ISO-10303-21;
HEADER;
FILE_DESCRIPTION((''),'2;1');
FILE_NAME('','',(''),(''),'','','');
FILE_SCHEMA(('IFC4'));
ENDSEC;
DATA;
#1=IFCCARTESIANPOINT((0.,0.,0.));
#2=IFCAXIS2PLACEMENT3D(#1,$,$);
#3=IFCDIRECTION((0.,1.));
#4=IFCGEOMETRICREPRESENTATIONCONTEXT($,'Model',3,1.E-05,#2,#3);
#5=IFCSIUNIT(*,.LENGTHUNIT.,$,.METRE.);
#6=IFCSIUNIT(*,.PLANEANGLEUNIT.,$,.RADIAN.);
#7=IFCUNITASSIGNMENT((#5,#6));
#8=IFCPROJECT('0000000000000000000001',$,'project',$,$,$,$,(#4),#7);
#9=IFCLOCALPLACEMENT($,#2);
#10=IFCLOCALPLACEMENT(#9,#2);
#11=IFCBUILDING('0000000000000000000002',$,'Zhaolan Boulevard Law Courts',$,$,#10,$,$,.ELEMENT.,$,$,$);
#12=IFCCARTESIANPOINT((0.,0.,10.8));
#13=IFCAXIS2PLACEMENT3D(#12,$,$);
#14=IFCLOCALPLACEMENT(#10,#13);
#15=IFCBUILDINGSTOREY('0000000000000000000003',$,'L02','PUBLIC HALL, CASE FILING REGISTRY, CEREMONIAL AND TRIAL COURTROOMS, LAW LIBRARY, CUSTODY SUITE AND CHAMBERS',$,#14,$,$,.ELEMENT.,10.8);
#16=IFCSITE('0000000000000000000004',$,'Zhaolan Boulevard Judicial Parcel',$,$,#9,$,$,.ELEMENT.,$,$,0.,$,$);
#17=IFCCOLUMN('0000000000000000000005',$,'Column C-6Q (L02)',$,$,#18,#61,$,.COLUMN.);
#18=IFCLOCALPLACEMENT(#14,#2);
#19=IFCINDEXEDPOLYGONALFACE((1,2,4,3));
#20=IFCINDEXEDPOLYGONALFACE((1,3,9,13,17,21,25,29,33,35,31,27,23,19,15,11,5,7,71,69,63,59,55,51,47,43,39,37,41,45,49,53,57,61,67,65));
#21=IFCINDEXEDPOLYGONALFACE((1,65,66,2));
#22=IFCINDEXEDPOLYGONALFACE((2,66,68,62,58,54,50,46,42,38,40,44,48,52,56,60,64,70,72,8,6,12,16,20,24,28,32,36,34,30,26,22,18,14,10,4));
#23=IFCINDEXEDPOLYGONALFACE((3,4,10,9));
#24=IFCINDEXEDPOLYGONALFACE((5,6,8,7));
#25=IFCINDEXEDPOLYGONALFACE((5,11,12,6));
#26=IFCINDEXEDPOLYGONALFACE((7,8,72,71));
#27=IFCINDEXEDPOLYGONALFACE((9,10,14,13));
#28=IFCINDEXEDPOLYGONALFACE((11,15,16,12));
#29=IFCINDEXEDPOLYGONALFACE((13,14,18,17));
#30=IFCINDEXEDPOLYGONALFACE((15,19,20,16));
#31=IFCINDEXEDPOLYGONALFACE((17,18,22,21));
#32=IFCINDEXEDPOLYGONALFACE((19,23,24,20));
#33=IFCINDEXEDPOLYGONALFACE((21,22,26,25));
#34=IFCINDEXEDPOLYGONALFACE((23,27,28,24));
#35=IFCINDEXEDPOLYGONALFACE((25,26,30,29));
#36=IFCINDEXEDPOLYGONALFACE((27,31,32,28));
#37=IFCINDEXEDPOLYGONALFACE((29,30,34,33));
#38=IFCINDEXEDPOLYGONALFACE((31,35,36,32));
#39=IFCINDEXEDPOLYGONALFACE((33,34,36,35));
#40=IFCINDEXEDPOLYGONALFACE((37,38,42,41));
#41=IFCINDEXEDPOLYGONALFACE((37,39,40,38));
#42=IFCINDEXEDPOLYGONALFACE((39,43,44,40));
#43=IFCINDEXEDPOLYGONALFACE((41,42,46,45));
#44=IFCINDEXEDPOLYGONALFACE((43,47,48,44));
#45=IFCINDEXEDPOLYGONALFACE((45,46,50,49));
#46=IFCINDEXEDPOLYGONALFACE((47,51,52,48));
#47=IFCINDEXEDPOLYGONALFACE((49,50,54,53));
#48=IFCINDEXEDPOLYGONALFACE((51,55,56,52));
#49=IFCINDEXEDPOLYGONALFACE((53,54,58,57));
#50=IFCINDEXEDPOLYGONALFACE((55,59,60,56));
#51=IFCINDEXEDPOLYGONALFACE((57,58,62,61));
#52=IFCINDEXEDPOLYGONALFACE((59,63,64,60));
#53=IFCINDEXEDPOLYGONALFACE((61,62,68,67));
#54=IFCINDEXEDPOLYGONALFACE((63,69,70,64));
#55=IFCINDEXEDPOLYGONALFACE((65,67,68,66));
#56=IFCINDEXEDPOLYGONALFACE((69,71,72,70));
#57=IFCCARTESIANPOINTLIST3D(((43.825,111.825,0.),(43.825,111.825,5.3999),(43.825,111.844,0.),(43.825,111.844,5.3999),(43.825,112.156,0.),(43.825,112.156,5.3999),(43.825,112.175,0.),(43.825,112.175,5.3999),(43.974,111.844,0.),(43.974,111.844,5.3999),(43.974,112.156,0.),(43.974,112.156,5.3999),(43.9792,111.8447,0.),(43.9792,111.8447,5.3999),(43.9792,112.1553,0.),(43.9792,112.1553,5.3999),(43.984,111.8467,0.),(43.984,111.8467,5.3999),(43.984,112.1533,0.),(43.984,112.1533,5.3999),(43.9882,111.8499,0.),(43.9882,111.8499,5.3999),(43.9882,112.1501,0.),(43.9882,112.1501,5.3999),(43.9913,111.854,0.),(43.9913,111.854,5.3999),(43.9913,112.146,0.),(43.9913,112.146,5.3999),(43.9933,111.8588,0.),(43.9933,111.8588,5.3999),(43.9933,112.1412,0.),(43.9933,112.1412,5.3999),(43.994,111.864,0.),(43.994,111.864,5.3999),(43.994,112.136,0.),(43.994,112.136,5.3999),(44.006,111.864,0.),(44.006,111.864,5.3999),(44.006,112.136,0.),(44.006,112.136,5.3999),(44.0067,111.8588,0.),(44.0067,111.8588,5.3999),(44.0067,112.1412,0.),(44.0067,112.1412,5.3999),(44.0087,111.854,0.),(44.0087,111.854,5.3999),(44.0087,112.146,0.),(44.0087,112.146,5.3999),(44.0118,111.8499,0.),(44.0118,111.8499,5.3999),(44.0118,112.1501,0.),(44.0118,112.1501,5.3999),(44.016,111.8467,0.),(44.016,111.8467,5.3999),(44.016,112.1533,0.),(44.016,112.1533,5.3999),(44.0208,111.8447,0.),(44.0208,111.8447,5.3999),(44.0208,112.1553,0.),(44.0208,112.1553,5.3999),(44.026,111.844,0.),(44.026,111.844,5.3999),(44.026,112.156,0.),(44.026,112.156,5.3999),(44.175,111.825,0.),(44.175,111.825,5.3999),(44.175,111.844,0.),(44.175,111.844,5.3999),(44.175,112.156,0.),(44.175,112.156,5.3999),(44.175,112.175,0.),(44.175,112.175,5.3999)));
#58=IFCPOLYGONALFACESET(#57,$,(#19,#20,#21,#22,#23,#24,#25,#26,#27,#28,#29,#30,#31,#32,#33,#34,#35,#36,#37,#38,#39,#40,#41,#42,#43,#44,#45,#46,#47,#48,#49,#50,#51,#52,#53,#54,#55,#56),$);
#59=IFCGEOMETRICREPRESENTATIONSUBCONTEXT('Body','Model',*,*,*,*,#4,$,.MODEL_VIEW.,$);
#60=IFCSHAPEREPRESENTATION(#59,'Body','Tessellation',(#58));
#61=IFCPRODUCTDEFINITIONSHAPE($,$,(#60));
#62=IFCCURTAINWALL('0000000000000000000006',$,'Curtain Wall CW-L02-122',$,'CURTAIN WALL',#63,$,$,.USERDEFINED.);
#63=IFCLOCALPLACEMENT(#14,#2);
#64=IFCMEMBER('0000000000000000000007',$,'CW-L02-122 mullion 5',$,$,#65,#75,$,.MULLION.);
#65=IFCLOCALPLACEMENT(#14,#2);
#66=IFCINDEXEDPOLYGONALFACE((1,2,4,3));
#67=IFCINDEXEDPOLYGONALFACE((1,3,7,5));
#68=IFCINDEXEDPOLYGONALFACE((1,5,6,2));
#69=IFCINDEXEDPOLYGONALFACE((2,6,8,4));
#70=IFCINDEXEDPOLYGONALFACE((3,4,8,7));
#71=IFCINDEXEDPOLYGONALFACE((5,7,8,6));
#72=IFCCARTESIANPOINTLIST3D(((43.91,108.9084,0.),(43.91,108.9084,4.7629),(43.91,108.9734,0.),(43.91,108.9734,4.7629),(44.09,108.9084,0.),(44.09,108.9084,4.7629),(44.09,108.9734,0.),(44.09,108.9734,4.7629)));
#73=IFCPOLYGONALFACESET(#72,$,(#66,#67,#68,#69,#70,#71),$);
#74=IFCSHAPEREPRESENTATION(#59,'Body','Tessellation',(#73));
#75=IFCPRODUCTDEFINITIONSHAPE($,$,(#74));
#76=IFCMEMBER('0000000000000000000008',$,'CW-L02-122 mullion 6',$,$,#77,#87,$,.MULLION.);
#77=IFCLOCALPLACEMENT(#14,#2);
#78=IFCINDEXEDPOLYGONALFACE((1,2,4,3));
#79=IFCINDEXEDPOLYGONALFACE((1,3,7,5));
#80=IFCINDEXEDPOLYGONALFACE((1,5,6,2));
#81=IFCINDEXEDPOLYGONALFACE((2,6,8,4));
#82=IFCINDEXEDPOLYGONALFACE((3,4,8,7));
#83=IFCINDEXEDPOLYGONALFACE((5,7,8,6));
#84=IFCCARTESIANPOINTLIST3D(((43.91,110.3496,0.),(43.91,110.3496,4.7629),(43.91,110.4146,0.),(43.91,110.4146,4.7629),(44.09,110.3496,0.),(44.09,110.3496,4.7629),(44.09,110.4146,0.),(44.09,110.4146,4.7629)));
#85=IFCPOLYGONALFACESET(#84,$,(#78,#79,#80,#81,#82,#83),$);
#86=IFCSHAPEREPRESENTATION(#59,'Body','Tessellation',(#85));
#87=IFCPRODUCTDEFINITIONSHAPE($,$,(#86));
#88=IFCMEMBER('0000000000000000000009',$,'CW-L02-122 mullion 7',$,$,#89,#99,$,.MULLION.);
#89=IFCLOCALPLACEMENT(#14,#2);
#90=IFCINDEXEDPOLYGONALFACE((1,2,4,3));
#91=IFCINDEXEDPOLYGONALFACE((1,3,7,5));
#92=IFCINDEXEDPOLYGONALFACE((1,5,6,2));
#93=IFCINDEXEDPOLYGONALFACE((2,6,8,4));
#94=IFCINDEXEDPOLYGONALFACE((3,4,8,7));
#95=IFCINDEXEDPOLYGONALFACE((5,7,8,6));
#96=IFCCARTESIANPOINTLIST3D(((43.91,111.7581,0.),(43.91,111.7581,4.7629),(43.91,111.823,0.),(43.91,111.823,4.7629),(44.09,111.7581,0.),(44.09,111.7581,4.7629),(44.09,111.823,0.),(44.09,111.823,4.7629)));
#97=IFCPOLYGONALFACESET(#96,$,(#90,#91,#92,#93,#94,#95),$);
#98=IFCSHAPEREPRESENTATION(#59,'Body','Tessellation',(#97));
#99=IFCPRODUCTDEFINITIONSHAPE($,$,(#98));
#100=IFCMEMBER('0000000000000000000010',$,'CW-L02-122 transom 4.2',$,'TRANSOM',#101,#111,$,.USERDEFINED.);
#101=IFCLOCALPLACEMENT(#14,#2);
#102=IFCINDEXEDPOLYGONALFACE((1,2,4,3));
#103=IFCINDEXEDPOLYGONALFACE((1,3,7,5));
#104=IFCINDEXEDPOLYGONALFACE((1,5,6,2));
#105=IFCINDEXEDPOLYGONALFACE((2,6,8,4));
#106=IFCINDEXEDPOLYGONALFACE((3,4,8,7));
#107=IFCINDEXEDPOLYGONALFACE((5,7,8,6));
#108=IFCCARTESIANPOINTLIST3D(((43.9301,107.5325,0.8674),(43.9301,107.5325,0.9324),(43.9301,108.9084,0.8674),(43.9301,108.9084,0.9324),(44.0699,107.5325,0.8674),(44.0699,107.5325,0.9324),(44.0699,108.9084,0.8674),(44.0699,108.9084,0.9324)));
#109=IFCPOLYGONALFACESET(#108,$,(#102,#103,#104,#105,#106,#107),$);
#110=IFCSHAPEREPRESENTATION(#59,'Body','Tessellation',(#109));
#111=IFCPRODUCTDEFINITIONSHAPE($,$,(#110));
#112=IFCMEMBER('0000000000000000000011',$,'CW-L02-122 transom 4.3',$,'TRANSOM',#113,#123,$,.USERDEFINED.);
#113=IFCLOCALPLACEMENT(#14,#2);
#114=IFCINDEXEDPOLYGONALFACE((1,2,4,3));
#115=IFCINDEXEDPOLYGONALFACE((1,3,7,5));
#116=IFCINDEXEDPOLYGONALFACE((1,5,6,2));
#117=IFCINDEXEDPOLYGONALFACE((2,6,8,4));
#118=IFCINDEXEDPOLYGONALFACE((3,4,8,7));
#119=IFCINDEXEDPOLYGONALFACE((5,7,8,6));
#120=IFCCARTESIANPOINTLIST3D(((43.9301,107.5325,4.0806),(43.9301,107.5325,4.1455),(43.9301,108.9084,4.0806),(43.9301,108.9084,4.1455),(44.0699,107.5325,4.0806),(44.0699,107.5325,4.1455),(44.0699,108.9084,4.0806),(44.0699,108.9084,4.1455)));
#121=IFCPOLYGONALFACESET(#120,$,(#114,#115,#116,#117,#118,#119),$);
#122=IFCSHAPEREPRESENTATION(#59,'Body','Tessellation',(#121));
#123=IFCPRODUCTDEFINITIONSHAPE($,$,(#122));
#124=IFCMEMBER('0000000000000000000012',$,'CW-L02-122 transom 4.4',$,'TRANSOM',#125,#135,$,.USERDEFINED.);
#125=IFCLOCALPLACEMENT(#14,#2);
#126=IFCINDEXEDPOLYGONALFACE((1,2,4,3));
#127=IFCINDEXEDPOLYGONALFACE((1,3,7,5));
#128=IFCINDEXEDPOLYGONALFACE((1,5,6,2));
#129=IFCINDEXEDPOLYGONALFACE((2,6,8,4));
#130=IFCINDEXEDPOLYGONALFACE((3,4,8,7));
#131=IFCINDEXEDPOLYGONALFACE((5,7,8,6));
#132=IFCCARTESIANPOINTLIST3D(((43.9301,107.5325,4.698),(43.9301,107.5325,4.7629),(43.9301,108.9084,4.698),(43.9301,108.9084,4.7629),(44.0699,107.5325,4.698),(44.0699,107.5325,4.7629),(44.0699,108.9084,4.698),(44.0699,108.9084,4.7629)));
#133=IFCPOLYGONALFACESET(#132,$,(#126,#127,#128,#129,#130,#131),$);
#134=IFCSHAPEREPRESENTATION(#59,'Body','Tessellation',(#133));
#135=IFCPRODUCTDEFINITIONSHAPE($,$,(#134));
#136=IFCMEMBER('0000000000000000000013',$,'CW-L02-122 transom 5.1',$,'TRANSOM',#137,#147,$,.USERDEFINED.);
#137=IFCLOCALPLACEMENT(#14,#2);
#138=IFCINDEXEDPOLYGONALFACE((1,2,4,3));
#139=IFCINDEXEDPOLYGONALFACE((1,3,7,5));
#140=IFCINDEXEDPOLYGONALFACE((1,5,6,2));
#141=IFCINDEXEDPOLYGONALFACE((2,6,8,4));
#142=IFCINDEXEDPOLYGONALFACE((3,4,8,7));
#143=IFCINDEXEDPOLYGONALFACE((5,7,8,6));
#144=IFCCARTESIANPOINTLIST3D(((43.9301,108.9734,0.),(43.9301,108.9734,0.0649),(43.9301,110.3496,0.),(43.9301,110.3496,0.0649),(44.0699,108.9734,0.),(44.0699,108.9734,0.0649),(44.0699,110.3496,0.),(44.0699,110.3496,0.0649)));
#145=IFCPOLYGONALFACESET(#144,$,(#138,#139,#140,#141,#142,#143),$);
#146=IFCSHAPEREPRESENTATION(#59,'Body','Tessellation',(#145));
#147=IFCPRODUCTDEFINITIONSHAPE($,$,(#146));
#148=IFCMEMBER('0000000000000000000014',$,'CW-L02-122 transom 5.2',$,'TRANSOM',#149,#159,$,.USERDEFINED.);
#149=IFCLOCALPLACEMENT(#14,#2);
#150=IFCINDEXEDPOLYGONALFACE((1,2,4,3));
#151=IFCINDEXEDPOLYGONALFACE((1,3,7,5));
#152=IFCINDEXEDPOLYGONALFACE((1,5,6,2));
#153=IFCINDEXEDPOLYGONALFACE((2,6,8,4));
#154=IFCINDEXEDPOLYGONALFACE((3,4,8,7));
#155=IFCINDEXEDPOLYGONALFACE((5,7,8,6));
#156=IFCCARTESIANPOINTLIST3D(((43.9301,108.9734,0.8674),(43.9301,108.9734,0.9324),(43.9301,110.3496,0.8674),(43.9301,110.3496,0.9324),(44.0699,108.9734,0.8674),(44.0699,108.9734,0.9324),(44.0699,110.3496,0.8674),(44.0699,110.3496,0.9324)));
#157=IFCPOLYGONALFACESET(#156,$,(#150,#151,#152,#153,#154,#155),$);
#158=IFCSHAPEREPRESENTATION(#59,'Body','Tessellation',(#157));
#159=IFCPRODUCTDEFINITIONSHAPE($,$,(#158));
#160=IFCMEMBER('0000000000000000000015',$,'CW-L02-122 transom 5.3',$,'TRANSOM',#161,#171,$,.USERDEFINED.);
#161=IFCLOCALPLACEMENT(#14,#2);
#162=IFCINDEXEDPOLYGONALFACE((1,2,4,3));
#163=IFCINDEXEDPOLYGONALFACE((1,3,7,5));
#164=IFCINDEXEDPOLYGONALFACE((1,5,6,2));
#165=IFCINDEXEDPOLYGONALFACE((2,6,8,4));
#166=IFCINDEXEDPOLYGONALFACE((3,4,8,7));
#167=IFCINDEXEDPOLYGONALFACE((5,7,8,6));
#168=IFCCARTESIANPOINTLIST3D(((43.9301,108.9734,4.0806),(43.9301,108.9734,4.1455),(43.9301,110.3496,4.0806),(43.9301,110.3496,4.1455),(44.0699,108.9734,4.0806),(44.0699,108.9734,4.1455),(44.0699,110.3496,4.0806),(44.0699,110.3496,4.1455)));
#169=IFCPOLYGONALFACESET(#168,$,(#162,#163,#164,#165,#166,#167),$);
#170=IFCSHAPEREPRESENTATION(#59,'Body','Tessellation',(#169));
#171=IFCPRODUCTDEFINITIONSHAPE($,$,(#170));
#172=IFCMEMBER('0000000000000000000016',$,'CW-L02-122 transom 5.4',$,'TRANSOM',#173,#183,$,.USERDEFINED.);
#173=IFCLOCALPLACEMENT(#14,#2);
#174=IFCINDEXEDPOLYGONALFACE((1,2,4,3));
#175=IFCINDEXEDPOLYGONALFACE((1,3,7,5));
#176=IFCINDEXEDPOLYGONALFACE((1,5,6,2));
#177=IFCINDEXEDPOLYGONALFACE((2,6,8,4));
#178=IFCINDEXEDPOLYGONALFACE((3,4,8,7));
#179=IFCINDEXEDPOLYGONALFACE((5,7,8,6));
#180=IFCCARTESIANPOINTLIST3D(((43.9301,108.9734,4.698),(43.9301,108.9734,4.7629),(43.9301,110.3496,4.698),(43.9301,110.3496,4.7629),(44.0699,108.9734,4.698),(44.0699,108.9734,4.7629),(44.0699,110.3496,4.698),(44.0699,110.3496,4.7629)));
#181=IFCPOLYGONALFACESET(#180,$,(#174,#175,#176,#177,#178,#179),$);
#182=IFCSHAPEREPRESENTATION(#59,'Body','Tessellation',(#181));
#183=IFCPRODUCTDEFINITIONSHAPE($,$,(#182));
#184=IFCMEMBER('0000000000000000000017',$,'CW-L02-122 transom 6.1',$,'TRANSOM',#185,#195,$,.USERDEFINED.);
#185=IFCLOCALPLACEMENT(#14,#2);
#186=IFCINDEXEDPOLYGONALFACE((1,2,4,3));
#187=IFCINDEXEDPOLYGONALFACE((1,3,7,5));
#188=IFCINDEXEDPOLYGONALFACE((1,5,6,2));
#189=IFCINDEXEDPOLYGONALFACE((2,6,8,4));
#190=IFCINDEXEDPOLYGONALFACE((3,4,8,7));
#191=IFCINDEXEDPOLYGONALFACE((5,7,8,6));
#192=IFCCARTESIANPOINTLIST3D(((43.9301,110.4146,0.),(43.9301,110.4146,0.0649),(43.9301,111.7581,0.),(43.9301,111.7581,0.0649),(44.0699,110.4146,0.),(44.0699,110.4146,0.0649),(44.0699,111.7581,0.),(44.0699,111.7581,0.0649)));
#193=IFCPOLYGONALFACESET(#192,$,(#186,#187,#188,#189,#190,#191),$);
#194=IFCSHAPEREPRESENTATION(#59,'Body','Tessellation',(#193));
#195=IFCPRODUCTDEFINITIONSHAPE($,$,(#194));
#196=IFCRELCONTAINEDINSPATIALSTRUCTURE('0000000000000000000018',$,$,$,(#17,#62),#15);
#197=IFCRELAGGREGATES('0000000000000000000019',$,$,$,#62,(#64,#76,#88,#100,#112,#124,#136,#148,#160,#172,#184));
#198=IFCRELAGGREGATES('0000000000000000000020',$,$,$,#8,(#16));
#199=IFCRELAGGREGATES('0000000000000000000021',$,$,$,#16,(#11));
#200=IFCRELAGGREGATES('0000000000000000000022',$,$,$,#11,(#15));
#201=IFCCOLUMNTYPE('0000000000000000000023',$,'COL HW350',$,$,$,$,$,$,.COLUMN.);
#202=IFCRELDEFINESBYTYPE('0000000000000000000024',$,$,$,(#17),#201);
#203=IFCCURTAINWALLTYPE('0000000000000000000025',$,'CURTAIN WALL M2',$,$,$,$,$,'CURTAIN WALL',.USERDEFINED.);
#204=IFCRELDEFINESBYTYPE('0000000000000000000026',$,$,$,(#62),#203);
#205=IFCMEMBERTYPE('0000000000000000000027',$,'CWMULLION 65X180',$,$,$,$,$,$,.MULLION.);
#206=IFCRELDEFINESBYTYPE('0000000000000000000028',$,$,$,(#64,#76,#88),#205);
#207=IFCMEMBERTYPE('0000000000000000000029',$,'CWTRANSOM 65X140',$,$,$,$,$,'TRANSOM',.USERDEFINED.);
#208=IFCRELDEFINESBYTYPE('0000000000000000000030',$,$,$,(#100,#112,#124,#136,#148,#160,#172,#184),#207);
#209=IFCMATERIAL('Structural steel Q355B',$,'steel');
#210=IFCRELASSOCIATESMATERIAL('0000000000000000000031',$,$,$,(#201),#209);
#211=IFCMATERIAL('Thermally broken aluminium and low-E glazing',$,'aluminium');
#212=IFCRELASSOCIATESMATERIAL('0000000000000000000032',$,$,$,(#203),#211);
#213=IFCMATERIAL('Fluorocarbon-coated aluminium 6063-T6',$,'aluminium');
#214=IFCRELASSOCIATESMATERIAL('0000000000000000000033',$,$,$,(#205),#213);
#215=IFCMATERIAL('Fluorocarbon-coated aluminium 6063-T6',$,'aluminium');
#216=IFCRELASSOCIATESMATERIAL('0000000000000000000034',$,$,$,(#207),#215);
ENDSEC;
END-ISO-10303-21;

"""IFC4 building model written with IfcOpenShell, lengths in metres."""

from ifc_helpers import new_model, si_unit, direction, frame, origin, origin_2d, place, context, subcontext, project, spatial, rectangle, i_section, extrude, material, material_profile, profile_set, type_object, element, aggregate, save


model = new_model("IFC4")

# Units and contexts
model_context = context("Model", 3, precision=1e-05, world=origin(), true_north=direction((0.0, 1.0)))
body_context = subcontext(model_context, "Body", "Model", "MODEL_VIEW")
ifc_project = project(units=[si_unit("LENGTHUNIT", "METRE"), si_unit("PLANEANGLEUNIT", "RADIAN")], contexts=[model_context])

# Site, building, storey
site_placement = place(None, origin())
site = spatial("IfcSite", under=ifc_project, at=site_placement, Name="Zhaolan Boulevard Judicial Parcel", CompositionType="ELEMENT", RefElevation=0.0)
building_placement = place(site_placement, origin())
building = spatial("IfcBuilding", under=site, at=building_placement, Name="Zhaolan Boulevard Law Courts", CompositionType="ELEMENT")
storey_placement = place(building_placement, frame((0.0, 0.0, 10.8)))
storey = spatial("IfcBuildingStorey", under=building, at=storey_placement, Name="L02", Description="PUBLIC HALL, CASE FILING REGISTRY, CEREMONIAL AND TRIAL COURTROOMS, LAW LIBRARY, CUSTODY SUITE AND CHAMBERS", CompositionType="ELEMENT", Elevation=10.8)

# Column
ifc_material_1 = material(Name="Structural steel Q355B", Category="steel")
ifc_material_profile_1 = material_profile(ifc_material_1, i_section(OverallWidth=0.3501, OverallDepth=0.3501, WebThickness=0.012, FlangeThickness=0.019, FilletRadius=0.02, at=origin_2d()), Name="HW350x350")
ifc_profile_set_1 = profile_set([ifc_material_profile_1], Name="Structural steel Q355B")
column_type = type_object("IfcColumnType", Name="COL HW350", PredefinedType="COLUMN", material=ifc_profile_set_1)
column_placement = place(storey_placement, frame((44.0, 112.0, 0.0), z_axis=(0.0, 0.0, 1.0), x_axis=(1.0, 0.0, 0.0)))
element("IfcColumn", 1, at=column_placement, inside=storey, type_object=column_type, Name="Column C-6Q (L02)", PredefinedType="COLUMN", context=body_context, shape_type="SweptSolid", body=[
    extrude(i_section(OverallWidth=0.3501, OverallDepth=0.3501, WebThickness=0.012, FlangeThickness=0.019, FilletRadius=0.02, at=origin_2d()), origin(), (0.0, 0.0, 1.0), 5.3999),
])

# Curtain wall, members
ifc_material_2 = material(Name="Thermally broken aluminium and low-E glazing", Category="aluminium")
curtain_wall_type = type_object("IfcCurtainWallType", Name="CURTAIN WALL M2", ElementType="CURTAIN WALL", PredefinedType="USERDEFINED", material=ifc_material_2)
curtain_wall_placement = place(storey_placement, origin())
curtain_wall = element("IfcCurtainWall", 2, at=curtain_wall_placement, inside=storey, type_object=curtain_wall_type, Name="Curtain Wall CW-L02-122", ObjectType="CURTAIN WALL", PredefinedType="USERDEFINED")
ifc_material_3 = material(Name="Fluorocarbon-coated aluminium 6063-T6", Category="aluminium")
ifc_material_profile_2 = material_profile(ifc_material_3, rectangle(XDim=0.1799, YDim=0.0649, at=origin_2d()), Name="AL65x180")
ifc_profile_set_2 = profile_set([ifc_material_profile_2], Name="Fluorocarbon-coated aluminium 6063-T6")
member_type_1 = type_object("IfcMemberType", Name="CWMULLION 65X180", PredefinedType="MULLION", material=ifc_profile_set_2)
member_1_placement = place(storey_placement, frame((44.0, 108.9409, 0.0), z_axis=(0.0, 0.0, 1.0), x_axis=(-1.0, 0.0, 0.0)))
member_1 = element("IfcMember", 3, at=member_1_placement, type_object=member_type_1, Name="CW-L02-122 mullion 5", PredefinedType="MULLION", context=body_context, shape_type="SweptSolid", body=[
    extrude(rectangle(XDim=0.1799, YDim=0.0649, at=origin_2d()), origin(), (0.0, 0.0, 1.0), 4.7629),
])
member_2_placement = place(storey_placement, frame((44.0, 110.3821, 0.0), z_axis=(0.0, 0.0, 1.0), x_axis=(-1.0, 0.0, 0.0)))
member_2 = element("IfcMember", 4, at=member_2_placement, type_object=member_type_1, Name="CW-L02-122 mullion 6", PredefinedType="MULLION", context=body_context, shape_type="SweptSolid", body=[
    extrude(rectangle(XDim=0.1799, YDim=0.0649, at=origin_2d()), origin(), (0.0, 0.0, 1.0), 4.7629),
])
member_3_placement = place(storey_placement, frame((44.0, 111.7905, 0.0), z_axis=(0.0, 0.0, 1.0), x_axis=(-1.0, 0.0, 0.0)))
member_3 = element("IfcMember", 5, at=member_3_placement, type_object=member_type_1, Name="CW-L02-122 mullion 7", PredefinedType="MULLION", context=body_context, shape_type="SweptSolid", body=[
    extrude(rectangle(XDim=0.1799, YDim=0.0649, at=origin_2d()), origin(), (0.0, 0.0, 1.0), 4.7629),
])
ifc_material_4 = material(Name="Fluorocarbon-coated aluminium 6063-T6", Category="aluminium")
ifc_material_profile_3 = material_profile(ifc_material_4, rectangle(XDim=0.1399, YDim=0.0649, at=origin_2d()), Name="AL65x140")
ifc_profile_set_3 = profile_set([ifc_material_profile_3], Name="Fluorocarbon-coated aluminium 6063-T6")
member_type_2 = type_object("IfcMemberType", Name="CWTRANSOM 65X140", ElementType="TRANSOM", PredefinedType="USERDEFINED", material=ifc_profile_set_3)
member_4_placement = place(storey_placement, frame((44.0, 107.5325, 0.8999), z_axis=(0.0, 1.0, 0.0), x_axis=(-1.0, 0.0, 0.0)))
member_4 = element("IfcMember", 6, at=member_4_placement, type_object=member_type_2, Name="CW-L02-122 transom 4.2", ObjectType="TRANSOM", PredefinedType="USERDEFINED", context=body_context, shape_type="SweptSolid", body=[
    extrude(rectangle(XDim=0.1399, YDim=0.0649, at=origin_2d()), origin(), (0.0, 0.0, 1.0), 1.376),
])
member_5_placement = place(storey_placement, frame((44.0, 107.5325, 4.113), z_axis=(0.0, 1.0, 0.0), x_axis=(-1.0, 0.0, 0.0)))
member_5 = element("IfcMember", 7, at=member_5_placement, type_object=member_type_2, Name="CW-L02-122 transom 4.3", ObjectType="TRANSOM", PredefinedType="USERDEFINED", context=body_context, shape_type="SweptSolid", body=[
    extrude(rectangle(XDim=0.1399, YDim=0.0649, at=origin_2d()), origin(), (0.0, 0.0, 1.0), 1.376),
])
member_6_placement = place(storey_placement, frame((44.0, 107.5325, 4.7305), z_axis=(0.0, 1.0, 0.0), x_axis=(-1.0, 0.0, 0.0)))
member_6 = element("IfcMember", 8, at=member_6_placement, type_object=member_type_2, Name="CW-L02-122 transom 4.4", ObjectType="TRANSOM", PredefinedType="USERDEFINED", context=body_context, shape_type="SweptSolid", body=[
    extrude(rectangle(XDim=0.1399, YDim=0.0649, at=origin_2d()), origin(), (0.0, 0.0, 1.0), 1.376),
])
member_7_placement = place(storey_placement, frame((44.0, 108.9734, 0.0325), z_axis=(0.0, 1.0, 0.0), x_axis=(-1.0, 0.0, 0.0)))
member_7 = element("IfcMember", 9, at=member_7_placement, type_object=member_type_2, Name="CW-L02-122 transom 5.1", ObjectType="TRANSOM", PredefinedType="USERDEFINED", context=body_context, shape_type="SweptSolid", body=[
    extrude(rectangle(XDim=0.1399, YDim=0.0649, at=origin_2d()), origin(), (0.0, 0.0, 1.0), 1.3762),
])
member_8_placement = place(storey_placement, frame((44.0, 108.9734, 0.8999), z_axis=(0.0, 1.0, 0.0), x_axis=(-1.0, 0.0, 0.0)))
member_8 = element("IfcMember", 10, at=member_8_placement, type_object=member_type_2, Name="CW-L02-122 transom 5.2", ObjectType="TRANSOM", PredefinedType="USERDEFINED", context=body_context, shape_type="SweptSolid", body=[
    extrude(rectangle(XDim=0.1399, YDim=0.0649, at=origin_2d()), origin(), (0.0, 0.0, 1.0), 1.3762),
])
member_9_placement = place(storey_placement, frame((44.0, 108.9734, 4.113), z_axis=(0.0, 1.0, 0.0), x_axis=(-1.0, 0.0, 0.0)))
member_9 = element("IfcMember", 11, at=member_9_placement, type_object=member_type_2, Name="CW-L02-122 transom 5.3", ObjectType="TRANSOM", PredefinedType="USERDEFINED", context=body_context, shape_type="SweptSolid", body=[
    extrude(rectangle(XDim=0.1399, YDim=0.0649, at=origin_2d()), origin(), (0.0, 0.0, 1.0), 1.3762),
])
member_10_placement = place(storey_placement, frame((44.0, 108.9734, 4.7305), z_axis=(0.0, 1.0, 0.0), x_axis=(-1.0, 0.0, 0.0)))
member_10 = element("IfcMember", 12, at=member_10_placement, type_object=member_type_2, Name="CW-L02-122 transom 5.4", ObjectType="TRANSOM", PredefinedType="USERDEFINED", context=body_context, shape_type="SweptSolid", body=[
    extrude(rectangle(XDim=0.1399, YDim=0.0649, at=origin_2d()), origin(), (0.0, 0.0, 1.0), 1.3762),
])
member_11_placement = place(storey_placement, frame((44.0, 110.4146, 0.0325), z_axis=(0.0, 1.0, 0.0), x_axis=(-1.0, 0.0, 0.0)))
member_11 = element("IfcMember", 13, at=member_11_placement, type_object=member_type_2, Name="CW-L02-122 transom 6.1", ObjectType="TRANSOM", PredefinedType="USERDEFINED", context=body_context, shape_type="SweptSolid", body=[
    extrude(rectangle(XDim=0.1399, YDim=0.0649, at=origin_2d()), origin(), (0.0, 0.0, 1.0), 1.3435),
])
aggregate(curtain_wall, [member_1, member_2, member_3, member_4, member_5, member_6, member_7, member_8, member_9, member_10, member_11])

save(model, "model.ifc")
